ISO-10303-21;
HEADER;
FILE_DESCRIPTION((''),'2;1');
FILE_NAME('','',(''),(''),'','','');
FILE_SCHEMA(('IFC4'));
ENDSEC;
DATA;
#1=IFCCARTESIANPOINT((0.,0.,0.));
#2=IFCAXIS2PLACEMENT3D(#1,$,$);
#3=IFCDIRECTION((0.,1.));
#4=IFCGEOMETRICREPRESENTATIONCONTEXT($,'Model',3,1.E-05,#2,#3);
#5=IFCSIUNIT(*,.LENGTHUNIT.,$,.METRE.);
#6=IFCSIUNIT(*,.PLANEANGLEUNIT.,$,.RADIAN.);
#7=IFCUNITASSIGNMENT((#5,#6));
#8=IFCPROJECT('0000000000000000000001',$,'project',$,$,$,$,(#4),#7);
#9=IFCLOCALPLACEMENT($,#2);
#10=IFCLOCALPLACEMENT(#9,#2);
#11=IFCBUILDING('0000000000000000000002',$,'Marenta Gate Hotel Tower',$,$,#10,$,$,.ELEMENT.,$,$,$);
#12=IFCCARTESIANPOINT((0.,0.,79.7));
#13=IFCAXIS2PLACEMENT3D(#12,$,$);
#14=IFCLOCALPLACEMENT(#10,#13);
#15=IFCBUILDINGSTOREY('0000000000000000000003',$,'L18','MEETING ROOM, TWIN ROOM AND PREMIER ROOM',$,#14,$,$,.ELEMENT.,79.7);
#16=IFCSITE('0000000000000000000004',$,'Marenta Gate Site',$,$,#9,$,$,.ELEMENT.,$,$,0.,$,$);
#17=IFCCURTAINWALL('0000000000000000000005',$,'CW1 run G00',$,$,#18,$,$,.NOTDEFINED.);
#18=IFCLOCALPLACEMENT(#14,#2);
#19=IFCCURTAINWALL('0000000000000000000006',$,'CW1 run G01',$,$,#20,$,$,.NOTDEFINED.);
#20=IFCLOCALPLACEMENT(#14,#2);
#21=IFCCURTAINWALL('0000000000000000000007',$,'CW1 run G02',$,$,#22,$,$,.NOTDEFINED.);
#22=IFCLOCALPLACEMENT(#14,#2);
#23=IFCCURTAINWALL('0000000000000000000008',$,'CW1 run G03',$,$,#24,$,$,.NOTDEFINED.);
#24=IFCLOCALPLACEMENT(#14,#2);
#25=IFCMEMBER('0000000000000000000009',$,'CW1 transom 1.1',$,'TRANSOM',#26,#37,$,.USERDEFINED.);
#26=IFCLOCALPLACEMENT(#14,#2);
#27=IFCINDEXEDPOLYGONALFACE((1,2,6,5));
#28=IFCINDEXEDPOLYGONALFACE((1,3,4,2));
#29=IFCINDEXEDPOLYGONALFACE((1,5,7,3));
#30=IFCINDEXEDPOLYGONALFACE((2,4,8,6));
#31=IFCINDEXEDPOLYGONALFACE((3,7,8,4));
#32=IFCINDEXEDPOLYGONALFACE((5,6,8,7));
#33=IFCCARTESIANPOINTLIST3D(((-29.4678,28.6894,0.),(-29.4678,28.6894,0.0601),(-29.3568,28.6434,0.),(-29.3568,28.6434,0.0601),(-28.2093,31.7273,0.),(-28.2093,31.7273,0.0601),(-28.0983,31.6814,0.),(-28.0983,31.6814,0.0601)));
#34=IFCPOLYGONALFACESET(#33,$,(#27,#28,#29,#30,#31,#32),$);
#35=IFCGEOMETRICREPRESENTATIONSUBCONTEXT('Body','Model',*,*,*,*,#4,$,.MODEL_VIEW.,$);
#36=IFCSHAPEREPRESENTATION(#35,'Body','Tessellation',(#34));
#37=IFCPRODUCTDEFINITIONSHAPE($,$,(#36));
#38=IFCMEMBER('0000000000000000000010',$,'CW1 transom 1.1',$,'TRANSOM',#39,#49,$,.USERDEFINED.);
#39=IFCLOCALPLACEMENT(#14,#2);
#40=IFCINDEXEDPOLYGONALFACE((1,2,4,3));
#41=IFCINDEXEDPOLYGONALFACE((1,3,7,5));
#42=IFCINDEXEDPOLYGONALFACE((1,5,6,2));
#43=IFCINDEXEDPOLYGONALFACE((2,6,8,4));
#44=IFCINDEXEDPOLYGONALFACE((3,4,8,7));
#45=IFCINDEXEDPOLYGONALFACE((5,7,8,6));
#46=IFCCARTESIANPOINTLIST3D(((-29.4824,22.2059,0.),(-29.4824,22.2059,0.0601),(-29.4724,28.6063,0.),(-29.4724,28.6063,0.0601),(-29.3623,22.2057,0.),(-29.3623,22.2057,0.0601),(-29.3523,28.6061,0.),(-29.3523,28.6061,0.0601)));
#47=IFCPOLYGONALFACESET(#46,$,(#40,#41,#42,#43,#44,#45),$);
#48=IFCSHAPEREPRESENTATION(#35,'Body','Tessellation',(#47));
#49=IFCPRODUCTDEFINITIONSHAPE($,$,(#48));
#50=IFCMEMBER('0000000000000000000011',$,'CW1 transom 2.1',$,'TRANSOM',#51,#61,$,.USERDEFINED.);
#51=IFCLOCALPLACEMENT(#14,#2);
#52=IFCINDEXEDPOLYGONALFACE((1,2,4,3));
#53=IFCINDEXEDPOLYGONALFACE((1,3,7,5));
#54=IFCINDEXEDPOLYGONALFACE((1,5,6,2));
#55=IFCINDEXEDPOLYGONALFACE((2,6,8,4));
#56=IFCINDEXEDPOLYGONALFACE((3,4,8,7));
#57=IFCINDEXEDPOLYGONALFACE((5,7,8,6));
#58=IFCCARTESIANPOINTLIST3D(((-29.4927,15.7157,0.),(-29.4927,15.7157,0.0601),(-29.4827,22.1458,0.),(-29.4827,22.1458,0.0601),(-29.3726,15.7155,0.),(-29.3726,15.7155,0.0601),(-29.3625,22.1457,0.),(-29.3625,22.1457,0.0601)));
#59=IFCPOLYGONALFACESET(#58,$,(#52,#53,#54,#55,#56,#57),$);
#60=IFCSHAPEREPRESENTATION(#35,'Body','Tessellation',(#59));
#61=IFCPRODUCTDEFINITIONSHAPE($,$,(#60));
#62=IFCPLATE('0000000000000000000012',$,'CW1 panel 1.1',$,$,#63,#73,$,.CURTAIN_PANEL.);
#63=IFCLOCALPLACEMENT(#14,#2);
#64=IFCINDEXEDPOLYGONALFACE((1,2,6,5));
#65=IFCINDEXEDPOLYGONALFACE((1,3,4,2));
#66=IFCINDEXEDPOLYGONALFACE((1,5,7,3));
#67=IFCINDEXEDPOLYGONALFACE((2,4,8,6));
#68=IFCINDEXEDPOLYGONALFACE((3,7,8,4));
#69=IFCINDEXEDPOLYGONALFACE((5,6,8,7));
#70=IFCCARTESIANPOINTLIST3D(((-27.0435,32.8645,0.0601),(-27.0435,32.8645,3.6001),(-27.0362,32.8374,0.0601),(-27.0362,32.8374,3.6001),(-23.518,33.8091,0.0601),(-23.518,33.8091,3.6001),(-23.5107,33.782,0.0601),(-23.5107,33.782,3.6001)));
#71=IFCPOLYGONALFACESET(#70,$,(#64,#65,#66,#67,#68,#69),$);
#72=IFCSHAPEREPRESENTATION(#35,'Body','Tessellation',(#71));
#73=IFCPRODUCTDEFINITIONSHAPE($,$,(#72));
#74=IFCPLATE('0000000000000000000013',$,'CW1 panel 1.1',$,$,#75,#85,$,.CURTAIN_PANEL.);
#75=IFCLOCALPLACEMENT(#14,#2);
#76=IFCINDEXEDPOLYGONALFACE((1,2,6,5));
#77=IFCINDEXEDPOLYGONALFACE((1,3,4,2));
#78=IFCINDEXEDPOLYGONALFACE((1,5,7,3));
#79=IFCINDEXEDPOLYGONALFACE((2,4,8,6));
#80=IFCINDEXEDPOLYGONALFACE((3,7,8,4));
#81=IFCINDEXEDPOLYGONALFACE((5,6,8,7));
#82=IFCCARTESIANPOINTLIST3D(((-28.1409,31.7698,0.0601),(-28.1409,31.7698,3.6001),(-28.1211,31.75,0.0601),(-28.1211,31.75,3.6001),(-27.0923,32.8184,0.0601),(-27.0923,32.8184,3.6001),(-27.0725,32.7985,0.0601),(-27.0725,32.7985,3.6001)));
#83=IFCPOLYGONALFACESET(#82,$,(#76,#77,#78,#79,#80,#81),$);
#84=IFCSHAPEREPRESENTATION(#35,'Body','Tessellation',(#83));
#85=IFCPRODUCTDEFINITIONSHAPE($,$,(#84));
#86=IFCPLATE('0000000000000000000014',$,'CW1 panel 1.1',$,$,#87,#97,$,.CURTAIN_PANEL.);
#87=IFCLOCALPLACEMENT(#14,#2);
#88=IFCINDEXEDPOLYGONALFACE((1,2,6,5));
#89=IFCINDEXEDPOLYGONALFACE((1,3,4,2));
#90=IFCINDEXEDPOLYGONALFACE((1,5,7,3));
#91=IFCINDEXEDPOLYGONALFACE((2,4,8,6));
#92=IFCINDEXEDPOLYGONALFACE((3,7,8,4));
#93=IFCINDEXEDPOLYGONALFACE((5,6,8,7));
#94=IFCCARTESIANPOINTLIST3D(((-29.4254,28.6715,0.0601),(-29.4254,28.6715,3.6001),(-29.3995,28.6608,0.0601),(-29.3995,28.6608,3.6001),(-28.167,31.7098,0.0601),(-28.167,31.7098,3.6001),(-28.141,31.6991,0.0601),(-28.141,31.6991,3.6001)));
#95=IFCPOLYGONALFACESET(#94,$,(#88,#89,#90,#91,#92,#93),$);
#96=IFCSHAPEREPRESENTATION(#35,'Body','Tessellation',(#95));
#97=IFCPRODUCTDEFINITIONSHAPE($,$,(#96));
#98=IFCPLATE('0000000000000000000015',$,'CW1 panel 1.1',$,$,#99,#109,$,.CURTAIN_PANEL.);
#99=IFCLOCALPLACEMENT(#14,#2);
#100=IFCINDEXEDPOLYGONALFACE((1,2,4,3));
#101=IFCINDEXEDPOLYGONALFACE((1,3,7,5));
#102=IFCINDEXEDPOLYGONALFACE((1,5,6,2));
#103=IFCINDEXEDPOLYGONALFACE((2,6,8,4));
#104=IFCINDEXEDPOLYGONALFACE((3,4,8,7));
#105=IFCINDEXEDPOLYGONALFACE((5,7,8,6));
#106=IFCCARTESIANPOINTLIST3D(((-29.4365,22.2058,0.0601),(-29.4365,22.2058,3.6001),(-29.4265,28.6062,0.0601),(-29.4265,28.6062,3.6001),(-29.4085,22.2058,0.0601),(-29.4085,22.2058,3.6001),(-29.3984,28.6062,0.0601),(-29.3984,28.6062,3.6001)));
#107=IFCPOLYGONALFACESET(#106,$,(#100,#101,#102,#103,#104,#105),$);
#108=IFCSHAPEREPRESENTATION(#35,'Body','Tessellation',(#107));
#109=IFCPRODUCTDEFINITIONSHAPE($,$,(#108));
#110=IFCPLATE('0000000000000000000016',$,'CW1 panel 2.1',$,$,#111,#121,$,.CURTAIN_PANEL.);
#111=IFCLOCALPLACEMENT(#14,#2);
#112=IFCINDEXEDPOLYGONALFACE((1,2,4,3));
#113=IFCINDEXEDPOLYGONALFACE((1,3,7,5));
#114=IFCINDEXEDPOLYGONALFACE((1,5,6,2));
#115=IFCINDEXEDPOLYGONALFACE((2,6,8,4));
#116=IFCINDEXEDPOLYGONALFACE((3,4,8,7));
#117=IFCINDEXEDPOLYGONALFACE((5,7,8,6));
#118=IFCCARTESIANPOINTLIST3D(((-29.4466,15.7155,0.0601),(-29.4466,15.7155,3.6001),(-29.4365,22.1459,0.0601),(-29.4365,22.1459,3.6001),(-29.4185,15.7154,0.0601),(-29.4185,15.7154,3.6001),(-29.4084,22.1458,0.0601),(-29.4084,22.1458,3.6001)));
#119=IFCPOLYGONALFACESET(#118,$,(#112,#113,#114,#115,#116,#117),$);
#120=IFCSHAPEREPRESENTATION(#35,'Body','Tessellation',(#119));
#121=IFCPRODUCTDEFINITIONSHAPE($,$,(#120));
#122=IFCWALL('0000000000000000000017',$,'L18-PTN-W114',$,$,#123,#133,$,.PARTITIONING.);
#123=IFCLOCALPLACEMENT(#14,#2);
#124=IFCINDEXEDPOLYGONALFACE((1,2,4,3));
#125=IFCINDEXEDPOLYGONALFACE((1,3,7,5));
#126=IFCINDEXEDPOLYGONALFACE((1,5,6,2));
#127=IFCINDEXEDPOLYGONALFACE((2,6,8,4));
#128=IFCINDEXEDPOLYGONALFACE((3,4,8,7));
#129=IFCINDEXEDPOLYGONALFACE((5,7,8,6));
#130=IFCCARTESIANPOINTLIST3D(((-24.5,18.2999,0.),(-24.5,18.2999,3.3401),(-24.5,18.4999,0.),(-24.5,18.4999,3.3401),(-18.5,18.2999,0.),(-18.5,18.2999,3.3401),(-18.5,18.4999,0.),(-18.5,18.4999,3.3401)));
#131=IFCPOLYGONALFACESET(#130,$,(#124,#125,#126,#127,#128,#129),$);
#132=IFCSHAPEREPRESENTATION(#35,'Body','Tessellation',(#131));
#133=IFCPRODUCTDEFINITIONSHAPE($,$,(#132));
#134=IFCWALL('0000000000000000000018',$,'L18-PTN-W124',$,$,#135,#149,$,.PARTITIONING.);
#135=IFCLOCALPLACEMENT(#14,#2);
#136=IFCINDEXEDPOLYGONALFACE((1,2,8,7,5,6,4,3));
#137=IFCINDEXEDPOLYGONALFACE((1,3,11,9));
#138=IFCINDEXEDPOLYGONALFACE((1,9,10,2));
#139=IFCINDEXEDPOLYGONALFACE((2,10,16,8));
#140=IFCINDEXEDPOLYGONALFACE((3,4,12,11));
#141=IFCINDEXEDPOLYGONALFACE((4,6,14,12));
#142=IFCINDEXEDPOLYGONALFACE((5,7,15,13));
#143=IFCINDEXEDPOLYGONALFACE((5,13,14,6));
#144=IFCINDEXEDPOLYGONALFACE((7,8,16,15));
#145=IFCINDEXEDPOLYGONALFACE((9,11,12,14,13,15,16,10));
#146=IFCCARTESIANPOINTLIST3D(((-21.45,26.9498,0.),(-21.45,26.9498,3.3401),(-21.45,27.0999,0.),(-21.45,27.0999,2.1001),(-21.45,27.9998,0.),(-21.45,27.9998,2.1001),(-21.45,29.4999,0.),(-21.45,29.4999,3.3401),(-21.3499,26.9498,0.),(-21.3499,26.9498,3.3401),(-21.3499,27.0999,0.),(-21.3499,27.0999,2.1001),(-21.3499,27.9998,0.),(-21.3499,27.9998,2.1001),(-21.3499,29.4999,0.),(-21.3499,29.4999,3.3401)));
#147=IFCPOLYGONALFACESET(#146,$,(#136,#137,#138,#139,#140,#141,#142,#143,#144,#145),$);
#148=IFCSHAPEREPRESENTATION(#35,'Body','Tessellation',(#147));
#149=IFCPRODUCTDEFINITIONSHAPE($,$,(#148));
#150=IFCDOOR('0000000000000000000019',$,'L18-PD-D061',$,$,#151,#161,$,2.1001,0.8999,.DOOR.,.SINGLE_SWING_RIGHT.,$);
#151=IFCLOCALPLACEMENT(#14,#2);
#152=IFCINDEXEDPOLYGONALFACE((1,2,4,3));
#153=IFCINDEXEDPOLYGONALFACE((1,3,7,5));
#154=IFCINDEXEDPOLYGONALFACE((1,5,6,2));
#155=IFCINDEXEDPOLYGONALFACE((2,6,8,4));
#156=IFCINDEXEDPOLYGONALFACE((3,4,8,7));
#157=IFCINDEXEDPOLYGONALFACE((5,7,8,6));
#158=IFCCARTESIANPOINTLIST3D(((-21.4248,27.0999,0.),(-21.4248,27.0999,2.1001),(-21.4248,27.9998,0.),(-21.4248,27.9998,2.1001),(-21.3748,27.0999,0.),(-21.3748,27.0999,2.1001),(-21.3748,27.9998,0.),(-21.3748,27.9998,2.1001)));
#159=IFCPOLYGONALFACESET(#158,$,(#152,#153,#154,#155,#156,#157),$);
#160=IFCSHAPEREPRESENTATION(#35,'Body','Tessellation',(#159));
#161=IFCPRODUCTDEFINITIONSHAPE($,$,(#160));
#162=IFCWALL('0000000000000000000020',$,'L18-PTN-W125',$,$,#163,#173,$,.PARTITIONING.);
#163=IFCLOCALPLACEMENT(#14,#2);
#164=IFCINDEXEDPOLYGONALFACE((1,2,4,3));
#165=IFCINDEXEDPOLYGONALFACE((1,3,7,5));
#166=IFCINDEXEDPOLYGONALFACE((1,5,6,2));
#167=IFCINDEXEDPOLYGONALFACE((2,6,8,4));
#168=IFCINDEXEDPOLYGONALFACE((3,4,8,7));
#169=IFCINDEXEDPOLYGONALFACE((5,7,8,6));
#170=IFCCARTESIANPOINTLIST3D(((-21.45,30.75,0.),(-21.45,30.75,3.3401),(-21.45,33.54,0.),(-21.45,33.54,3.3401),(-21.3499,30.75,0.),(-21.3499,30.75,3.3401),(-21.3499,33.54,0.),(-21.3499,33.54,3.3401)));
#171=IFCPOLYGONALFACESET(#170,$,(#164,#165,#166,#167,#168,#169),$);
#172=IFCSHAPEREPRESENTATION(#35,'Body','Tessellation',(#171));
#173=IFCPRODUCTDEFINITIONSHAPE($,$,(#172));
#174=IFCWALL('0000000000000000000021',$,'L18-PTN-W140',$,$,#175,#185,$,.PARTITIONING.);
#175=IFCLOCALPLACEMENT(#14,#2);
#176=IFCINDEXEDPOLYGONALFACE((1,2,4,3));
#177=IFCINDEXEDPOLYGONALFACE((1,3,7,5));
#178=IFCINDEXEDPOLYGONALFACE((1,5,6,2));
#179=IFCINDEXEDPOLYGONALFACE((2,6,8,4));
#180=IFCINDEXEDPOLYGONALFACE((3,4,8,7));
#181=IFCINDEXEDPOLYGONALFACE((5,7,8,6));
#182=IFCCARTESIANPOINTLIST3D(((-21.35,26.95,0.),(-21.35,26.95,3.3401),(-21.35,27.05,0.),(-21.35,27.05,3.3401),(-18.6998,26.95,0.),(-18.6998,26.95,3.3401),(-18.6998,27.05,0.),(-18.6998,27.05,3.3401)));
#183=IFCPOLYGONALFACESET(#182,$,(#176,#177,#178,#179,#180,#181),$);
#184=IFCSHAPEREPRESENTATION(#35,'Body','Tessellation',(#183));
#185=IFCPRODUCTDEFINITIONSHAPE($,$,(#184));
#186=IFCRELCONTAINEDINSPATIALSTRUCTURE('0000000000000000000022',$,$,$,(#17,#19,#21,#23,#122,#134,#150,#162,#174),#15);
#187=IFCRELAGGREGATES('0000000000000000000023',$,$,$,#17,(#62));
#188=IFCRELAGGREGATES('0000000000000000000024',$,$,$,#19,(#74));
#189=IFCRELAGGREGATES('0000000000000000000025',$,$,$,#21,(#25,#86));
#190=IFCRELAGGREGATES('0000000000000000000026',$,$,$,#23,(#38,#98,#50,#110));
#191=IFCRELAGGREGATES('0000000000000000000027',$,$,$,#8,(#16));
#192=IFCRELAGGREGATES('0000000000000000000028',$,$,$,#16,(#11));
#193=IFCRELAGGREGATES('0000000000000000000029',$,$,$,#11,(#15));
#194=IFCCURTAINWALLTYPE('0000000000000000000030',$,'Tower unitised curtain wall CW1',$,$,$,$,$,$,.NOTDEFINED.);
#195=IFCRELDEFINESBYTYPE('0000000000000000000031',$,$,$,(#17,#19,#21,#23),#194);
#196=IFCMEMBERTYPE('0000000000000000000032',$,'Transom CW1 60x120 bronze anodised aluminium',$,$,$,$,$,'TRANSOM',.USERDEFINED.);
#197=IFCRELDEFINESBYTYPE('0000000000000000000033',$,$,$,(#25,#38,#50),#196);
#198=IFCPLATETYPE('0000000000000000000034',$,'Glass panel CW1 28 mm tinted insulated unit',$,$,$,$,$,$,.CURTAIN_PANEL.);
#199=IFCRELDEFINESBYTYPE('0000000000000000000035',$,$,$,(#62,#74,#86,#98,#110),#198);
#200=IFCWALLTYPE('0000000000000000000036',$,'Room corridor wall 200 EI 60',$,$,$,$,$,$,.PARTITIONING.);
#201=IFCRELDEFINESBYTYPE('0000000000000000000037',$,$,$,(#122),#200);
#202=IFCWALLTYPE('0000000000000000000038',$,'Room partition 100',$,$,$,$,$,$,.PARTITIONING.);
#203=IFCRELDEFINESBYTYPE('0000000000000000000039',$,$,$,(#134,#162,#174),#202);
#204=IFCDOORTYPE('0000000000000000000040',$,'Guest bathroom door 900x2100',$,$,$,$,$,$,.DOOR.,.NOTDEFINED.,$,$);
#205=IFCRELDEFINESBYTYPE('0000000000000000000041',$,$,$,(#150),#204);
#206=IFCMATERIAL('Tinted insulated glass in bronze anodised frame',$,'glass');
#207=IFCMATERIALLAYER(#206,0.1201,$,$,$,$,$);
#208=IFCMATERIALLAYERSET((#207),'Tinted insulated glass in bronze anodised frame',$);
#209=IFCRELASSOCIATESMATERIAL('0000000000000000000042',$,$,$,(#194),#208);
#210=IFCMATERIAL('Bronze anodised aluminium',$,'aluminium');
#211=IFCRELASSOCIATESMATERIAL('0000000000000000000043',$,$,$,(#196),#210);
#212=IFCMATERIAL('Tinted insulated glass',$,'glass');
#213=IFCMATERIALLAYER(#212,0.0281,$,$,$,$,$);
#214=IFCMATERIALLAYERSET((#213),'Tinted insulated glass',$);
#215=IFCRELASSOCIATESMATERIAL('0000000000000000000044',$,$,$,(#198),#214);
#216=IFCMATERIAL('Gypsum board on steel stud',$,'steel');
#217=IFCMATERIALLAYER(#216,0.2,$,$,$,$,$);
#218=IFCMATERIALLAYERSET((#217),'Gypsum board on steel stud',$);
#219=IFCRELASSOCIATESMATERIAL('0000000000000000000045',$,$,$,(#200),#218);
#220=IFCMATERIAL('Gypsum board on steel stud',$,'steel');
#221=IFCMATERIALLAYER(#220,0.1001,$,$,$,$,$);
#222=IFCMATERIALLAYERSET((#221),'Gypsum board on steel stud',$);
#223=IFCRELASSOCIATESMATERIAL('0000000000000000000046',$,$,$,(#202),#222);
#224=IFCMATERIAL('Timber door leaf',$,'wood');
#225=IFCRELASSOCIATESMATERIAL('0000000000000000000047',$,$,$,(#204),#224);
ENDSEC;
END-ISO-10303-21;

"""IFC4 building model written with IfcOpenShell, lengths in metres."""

from ifc_helpers import new_model, si_unit, direction, frame, frame_2d, origin, origin_2d, place, context, subcontext, project, spatial, rectangle, extrude, material, layer, layer_set, material_profile, profile_set, type_object, element, fill, aggregate, save


model = new_model("IFC4")

# Units and contexts
model_context = context("Model", 3, precision=1e-05, world=origin(), true_north=direction((0.0, 1.0)))
body_context = subcontext(model_context, "Body", "Model", "MODEL_VIEW")
ifc_project = project(units=[si_unit("LENGTHUNIT", "METRE"), si_unit("PLANEANGLEUNIT", "RADIAN")], contexts=[model_context])

# Site, building, storey
site_placement = place(None, origin())
site = spatial("IfcSite", under=ifc_project, at=site_placement, Name="Marenta Gate Site", CompositionType="ELEMENT", RefElevation=0.0)
building_placement = place(site_placement, origin())
building = spatial("IfcBuilding", under=site, at=building_placement, Name="Marenta Gate Hotel Tower", CompositionType="ELEMENT")
storey_placement = place(building_placement, frame((0.0, 0.0, 79.7)))
storey = spatial("IfcBuildingStorey", under=building, at=storey_placement, Name="L18", Description="MEETING ROOM, TWIN ROOM AND PREMIER ROOM", CompositionType="ELEMENT", Elevation=79.7)

# Curtain walls
ifc_material_1 = material(Name="Tinted insulated glass in bronze anodised frame", Category="glass")
ifc_layer_1 = layer(ifc_material_1, 0.1201)
ifc_layer_set_1 = layer_set([ifc_layer_1], Name="Tinted insulated glass in bronze anodised frame")
curtain_wall_type = type_object("IfcCurtainWallType", Name="Tower unitised curtain wall CW1", PredefinedType="NOTDEFINED", material=ifc_layer_set_1)
curtain_wall_1_placement = place(storey_placement, origin())
curtain_wall_1 = element("IfcCurtainWall", 1, at=curtain_wall_1_placement, inside=storey, type_object=curtain_wall_type, Name="CW1 run G00", PredefinedType="NOTDEFINED")
curtain_wall_2_placement = place(storey_placement, origin())
curtain_wall_2 = element("IfcCurtainWall", 2, at=curtain_wall_2_placement, inside=storey, type_object=curtain_wall_type, Name="CW1 run G01", PredefinedType="NOTDEFINED")
curtain_wall_3_placement = place(storey_placement, origin())
curtain_wall_3 = element("IfcCurtainWall", 3, at=curtain_wall_3_placement, inside=storey, type_object=curtain_wall_type, Name="CW1 run G02", PredefinedType="NOTDEFINED")

# Curtain wall
curtain_wall_4_placement = place(storey_placement, origin())
curtain_wall_4 = element("IfcCurtainWall", 4, at=curtain_wall_4_placement, inside=storey, type_object=curtain_wall_type, Name="CW1 run G03", PredefinedType="NOTDEFINED")

# Members
ifc_material_2 = material(Name="Bronze anodised aluminium", Category="aluminium")
ifc_material_profile_1 = material_profile(ifc_material_2, rectangle(XDim=0.1201, YDim=0.0601, at=origin_2d()), Name="Transom CW1 60x120 bronze anodised aluminium")
ifc_profile_set_1 = profile_set([ifc_material_profile_1], Name="Bronze anodised aluminium")
member_type_1 = type_object("IfcMemberType", Name="Transom CW1 60x120 bronze anodised aluminium", ElementType="TRANSOM", PredefinedType="USERDEFINED", material=ifc_profile_set_1)
member_1_placement = place(storey_placement, frame((-28.1538, 31.7043, 0.03), z_axis=(-0.382717, -0.923866, 0.0), x_axis=(0.923866, -0.382717, 0.0)))
member_1 = element("IfcMember", 5, at=member_1_placement, type_object=member_type_1, Name="CW1 transom 1.1", ObjectType="TRANSOM", PredefinedType="USERDEFINED", context=body_context, shape_type="SweptSolid", body=[
    extrude(rectangle(XDim=0.1201, YDim=0.0601, at=origin_2d()), origin(), (0.0, 0.0, 1.0), 3.2883),
])
member_2_placement = place(storey_placement, frame((-29.4124, 28.6062, 0.03), z_axis=(-0.001564, -0.999999, 0.0), x_axis=(0.999999, -0.001564, 0.0)))
member_2 = element("IfcMember", 6, at=member_2_placement, type_object=member_type_1, Name="CW1 transom 1.1", ObjectType="TRANSOM", PredefinedType="USERDEFINED", context=body_context, shape_type="SweptSolid", body=[
    extrude(rectangle(XDim=0.1201, YDim=0.0601, at=origin_2d()), origin(), (0.0, 0.0, 1.0), 6.4004),
])
member_3_placement = place(storey_placement, frame((-29.4226, 22.1458, 0.03), z_axis=(-0.001557, -0.999999, 0.0), x_axis=(0.999999, -0.001557, 0.0)))
member_3 = element("IfcMember", 7, at=member_3_placement, type_object=member_type_1, Name="CW1 transom 2.1", ObjectType="TRANSOM", PredefinedType="USERDEFINED", context=body_context, shape_type="SweptSolid", body=[
    extrude(rectangle(XDim=0.1201, YDim=0.0601, at=origin_2d()), origin(), (0.0, 0.0, 1.0), 6.4302),
])

# Plates
ifc_material_3 = material(Name="Tinted insulated glass", Category="glass")
ifc_layer_2 = layer(ifc_material_3, 0.0281)
ifc_layer_set_2 = layer_set([ifc_layer_2], Name="Tinted insulated glass")
plate_type = type_object("IfcPlateType", Name="Glass panel CW1 28 mm tinted insulated unit", PredefinedType="CURTAIN_PANEL", material=ifc_layer_set_2)
plate_1_placement = place(storey_placement, frame((-25.2771, 33.3232, 0.0601), z_axis=(0.0, 0.0, 1.0), x_axis=(-0.96593, -0.258802, 0.0)))
plate_1 = element("IfcPlate", 8, at=plate_1_placement, type_object=plate_type, Name="CW1 panel 1.1", PredefinedType="CURTAIN_PANEL", context=body_context, shape_type="SweptSolid", body=[
    extrude(rectangle(XDim=3.6499, YDim=0.0281, at=origin_2d()), origin(), (0.0, 0.0, 1.0), 3.54),
])
aggregate(curtain_wall_1, [plate_1])
plate_2_placement = place(storey_placement, frame((-27.6067, 32.2842, 0.0601), z_axis=(0.0, 0.0, 1.0), x_axis=(-0.707107, -0.707107, 0.0)))
plate_2 = element("IfcPlate", 9, at=plate_2_placement, type_object=plate_type, Name="CW1 panel 1.1", PredefinedType="CURTAIN_PANEL", context=body_context, shape_type="SweptSolid", body=[
    extrude(rectangle(XDim=1.4829, YDim=0.0281, at=origin_2d()), origin(), (0.0, 0.0, 1.0), 3.54),
])
aggregate(curtain_wall_2, [plate_2])
plate_3_placement = place(storey_placement, frame((-28.7832, 30.1853, 0.0601), z_axis=(0.0, 0.0, 1.0), x_axis=(-0.38267, -0.923885, 0.0)))
plate_3 = element("IfcPlate", 10, at=plate_3_placement, type_object=plate_type, Name="CW1 panel 1.1", PredefinedType="CURTAIN_PANEL", context=body_context, shape_type="SweptSolid", body=[
    extrude(rectangle(XDim=3.2886, YDim=0.0281, at=origin_2d()), origin(), (0.0, 0.0, 1.0), 3.54),
])
aggregate(curtain_wall_3, [member_1, plate_3])
plate_4_placement = place(storey_placement, frame((-29.4175, 25.406, 0.0601), z_axis=(0.0, 0.0, 1.0), x_axis=(-0.001566, -0.999999, 0.0)))
plate_4 = element("IfcPlate", 11, at=plate_4_placement, type_object=plate_type, Name="CW1 panel 1.1", PredefinedType="CURTAIN_PANEL", context=body_context, shape_type="SweptSolid", body=[
    extrude(rectangle(XDim=6.4004, YDim=0.0281, at=origin_2d()), origin(), (0.0, 0.0, 1.0), 3.54),
])
plate_5_placement = place(storey_placement, frame((-29.4275, 18.9307, 0.0601), z_axis=(0.0, 0.0, 1.0), x_axis=(-0.001566, -0.999999, 0.0)))
plate_5 = element("IfcPlate", 12, at=plate_5_placement, type_object=plate_type, Name="CW1 panel 2.1", PredefinedType="CURTAIN_PANEL", context=body_context, shape_type="SweptSolid", body=[
    extrude(rectangle(XDim=6.4304, YDim=0.0281, at=origin_2d()), origin(), (0.0, 0.0, 1.0), 3.54),
])
aggregate(curtain_wall_4, [member_2, plate_4, member_3, plate_5])

# Wall
ifc_material_4 = material(Name="Gypsum board on steel stud", Category="steel")
ifc_layer_3 = layer(ifc_material_4, 0.2)
ifc_layer_set_3 = layer_set([ifc_layer_3], Name="Gypsum board on steel stud")
wall_type_1 = type_object("IfcWallType", Name="Room corridor wall 200 EI 60", PredefinedType="PARTITIONING", material=ifc_layer_set_3)
wall_1_placement = place(storey_placement, frame((-24.5, 18.3999, 0.0), z_axis=(0.0, 0.0, 1.0), x_axis=(1.0, 0.0, 0.0)))
element("IfcWall", 13, at=wall_1_placement, inside=storey, type_object=wall_type_1, Name="L18-PTN-W114", PredefinedType="PARTITIONING", context=body_context, shape_type="SweptSolid", body=[
    extrude(rectangle(XDim=6.0, YDim=0.2, at=frame_2d((3.0, 0.0))), origin(), (0.0, 0.0, 1.0), 3.3401),
])

# Wall, opening, door
ifc_material_5 = material(Name="Gypsum board on steel stud", Category="steel")
ifc_layer_4 = layer(ifc_material_5, 0.1001)
ifc_layer_set_4 = layer_set([ifc_layer_4], Name="Gypsum board on steel stud")
wall_type_2 = type_object("IfcWallType", Name="Room partition 100", PredefinedType="PARTITIONING", material=ifc_layer_set_4)
wall_2_placement = place(storey_placement, frame((-21.3999, 26.95, 0.0), z_axis=(0.0, 0.0, 1.0), x_axis=(0.0, 1.0, 0.0)))
wall_2 = element("IfcWall", 14, at=wall_2_placement, inside=storey, type_object=wall_type_2, Name="L18-PTN-W124", PredefinedType="PARTITIONING", context=body_context, shape_type="SweptSolid", body=[
    extrude(rectangle(XDim=2.55, YDim=0.1001, at=frame_2d((1.2749, 0.0))), origin(), (0.0, 0.0, 1.0), 3.3401),
])
opening_1_placement = place(wall_2_placement, frame((0.1499, 0.0, 0.0)))
opening_1 = element("IfcOpeningElement", 15, at=opening_1_placement, cuts=wall_2, PredefinedType="OPENING", context=body_context, shape_type="SweptSolid", body=[
    extrude(rectangle(XDim=0.8999, YDim=2.1001, at=frame_2d((0.45, 1.05))), frame((0.0, 0.05, 0.0), z_axis=(0.0, -1.0, 0.0), x_axis=(1.0, 0.0, 0.0)), (0.0, 0.0, 1.0), 0.1001),
])
ifc_material_6 = material(Name="Timber door leaf", Category="wood")
door_type = type_object("IfcDoorType", Name="Guest bathroom door 900x2100", OperationType="NOTDEFINED", PredefinedType="DOOR", material=ifc_material_6)
door_1_placement = place(opening_1_placement, origin())
door_1 = element("IfcDoor", 16, at=door_1_placement, inside=storey, type_object=door_type, Name="L18-PD-D061", OperationType="SINGLE_SWING_RIGHT", OverallHeight=2.1001, OverallWidth=0.8999, PredefinedType="DOOR", context=body_context, shape_type="SweptSolid", body=[
    extrude(rectangle(XDim=0.8999, YDim=2.1001, at=frame_2d((0.45, 1.05))), frame((0.0, 0.0249, 0.0), z_axis=(0.0, -1.0, 0.0), x_axis=(1.0, 0.0, 0.0)), (0.0, 0.0, 1.0), 0.05),
])
fill(opening_1, door_1)

# Walls
wall_3_placement = place(storey_placement, frame((-21.3999, 30.75, 0.0), z_axis=(0.0, 0.0, 1.0), x_axis=(0.0, 1.0, 0.0)))
element("IfcWall", 17, at=wall_3_placement, inside=storey, type_object=wall_type_2, Name="L18-PTN-W125", PredefinedType="PARTITIONING", context=body_context, shape_type="SweptSolid", body=[
    extrude(rectangle(XDim=2.79, YDim=0.1001, at=frame_2d((1.395, 0.0))), origin(), (0.0, 0.0, 1.0), 3.3401),
])
wall_4_placement = place(storey_placement, frame((-21.3501, 27.0, 0.0), z_axis=(0.0, 0.0, 1.0), x_axis=(1.0, 0.0, 0.0)))
element("IfcWall", 18, at=wall_4_placement, inside=storey, type_object=wall_type_2, Name="L18-PTN-W140", PredefinedType="PARTITIONING", context=body_context, shape_type="SweptSolid", body=[
    extrude(rectangle(XDim=2.6501, YDim=0.1001, at=frame_2d((1.3252, 0.0))), origin(), (0.0, 0.0, 1.0), 3.3401),
])

save(model, "model.ifc")
